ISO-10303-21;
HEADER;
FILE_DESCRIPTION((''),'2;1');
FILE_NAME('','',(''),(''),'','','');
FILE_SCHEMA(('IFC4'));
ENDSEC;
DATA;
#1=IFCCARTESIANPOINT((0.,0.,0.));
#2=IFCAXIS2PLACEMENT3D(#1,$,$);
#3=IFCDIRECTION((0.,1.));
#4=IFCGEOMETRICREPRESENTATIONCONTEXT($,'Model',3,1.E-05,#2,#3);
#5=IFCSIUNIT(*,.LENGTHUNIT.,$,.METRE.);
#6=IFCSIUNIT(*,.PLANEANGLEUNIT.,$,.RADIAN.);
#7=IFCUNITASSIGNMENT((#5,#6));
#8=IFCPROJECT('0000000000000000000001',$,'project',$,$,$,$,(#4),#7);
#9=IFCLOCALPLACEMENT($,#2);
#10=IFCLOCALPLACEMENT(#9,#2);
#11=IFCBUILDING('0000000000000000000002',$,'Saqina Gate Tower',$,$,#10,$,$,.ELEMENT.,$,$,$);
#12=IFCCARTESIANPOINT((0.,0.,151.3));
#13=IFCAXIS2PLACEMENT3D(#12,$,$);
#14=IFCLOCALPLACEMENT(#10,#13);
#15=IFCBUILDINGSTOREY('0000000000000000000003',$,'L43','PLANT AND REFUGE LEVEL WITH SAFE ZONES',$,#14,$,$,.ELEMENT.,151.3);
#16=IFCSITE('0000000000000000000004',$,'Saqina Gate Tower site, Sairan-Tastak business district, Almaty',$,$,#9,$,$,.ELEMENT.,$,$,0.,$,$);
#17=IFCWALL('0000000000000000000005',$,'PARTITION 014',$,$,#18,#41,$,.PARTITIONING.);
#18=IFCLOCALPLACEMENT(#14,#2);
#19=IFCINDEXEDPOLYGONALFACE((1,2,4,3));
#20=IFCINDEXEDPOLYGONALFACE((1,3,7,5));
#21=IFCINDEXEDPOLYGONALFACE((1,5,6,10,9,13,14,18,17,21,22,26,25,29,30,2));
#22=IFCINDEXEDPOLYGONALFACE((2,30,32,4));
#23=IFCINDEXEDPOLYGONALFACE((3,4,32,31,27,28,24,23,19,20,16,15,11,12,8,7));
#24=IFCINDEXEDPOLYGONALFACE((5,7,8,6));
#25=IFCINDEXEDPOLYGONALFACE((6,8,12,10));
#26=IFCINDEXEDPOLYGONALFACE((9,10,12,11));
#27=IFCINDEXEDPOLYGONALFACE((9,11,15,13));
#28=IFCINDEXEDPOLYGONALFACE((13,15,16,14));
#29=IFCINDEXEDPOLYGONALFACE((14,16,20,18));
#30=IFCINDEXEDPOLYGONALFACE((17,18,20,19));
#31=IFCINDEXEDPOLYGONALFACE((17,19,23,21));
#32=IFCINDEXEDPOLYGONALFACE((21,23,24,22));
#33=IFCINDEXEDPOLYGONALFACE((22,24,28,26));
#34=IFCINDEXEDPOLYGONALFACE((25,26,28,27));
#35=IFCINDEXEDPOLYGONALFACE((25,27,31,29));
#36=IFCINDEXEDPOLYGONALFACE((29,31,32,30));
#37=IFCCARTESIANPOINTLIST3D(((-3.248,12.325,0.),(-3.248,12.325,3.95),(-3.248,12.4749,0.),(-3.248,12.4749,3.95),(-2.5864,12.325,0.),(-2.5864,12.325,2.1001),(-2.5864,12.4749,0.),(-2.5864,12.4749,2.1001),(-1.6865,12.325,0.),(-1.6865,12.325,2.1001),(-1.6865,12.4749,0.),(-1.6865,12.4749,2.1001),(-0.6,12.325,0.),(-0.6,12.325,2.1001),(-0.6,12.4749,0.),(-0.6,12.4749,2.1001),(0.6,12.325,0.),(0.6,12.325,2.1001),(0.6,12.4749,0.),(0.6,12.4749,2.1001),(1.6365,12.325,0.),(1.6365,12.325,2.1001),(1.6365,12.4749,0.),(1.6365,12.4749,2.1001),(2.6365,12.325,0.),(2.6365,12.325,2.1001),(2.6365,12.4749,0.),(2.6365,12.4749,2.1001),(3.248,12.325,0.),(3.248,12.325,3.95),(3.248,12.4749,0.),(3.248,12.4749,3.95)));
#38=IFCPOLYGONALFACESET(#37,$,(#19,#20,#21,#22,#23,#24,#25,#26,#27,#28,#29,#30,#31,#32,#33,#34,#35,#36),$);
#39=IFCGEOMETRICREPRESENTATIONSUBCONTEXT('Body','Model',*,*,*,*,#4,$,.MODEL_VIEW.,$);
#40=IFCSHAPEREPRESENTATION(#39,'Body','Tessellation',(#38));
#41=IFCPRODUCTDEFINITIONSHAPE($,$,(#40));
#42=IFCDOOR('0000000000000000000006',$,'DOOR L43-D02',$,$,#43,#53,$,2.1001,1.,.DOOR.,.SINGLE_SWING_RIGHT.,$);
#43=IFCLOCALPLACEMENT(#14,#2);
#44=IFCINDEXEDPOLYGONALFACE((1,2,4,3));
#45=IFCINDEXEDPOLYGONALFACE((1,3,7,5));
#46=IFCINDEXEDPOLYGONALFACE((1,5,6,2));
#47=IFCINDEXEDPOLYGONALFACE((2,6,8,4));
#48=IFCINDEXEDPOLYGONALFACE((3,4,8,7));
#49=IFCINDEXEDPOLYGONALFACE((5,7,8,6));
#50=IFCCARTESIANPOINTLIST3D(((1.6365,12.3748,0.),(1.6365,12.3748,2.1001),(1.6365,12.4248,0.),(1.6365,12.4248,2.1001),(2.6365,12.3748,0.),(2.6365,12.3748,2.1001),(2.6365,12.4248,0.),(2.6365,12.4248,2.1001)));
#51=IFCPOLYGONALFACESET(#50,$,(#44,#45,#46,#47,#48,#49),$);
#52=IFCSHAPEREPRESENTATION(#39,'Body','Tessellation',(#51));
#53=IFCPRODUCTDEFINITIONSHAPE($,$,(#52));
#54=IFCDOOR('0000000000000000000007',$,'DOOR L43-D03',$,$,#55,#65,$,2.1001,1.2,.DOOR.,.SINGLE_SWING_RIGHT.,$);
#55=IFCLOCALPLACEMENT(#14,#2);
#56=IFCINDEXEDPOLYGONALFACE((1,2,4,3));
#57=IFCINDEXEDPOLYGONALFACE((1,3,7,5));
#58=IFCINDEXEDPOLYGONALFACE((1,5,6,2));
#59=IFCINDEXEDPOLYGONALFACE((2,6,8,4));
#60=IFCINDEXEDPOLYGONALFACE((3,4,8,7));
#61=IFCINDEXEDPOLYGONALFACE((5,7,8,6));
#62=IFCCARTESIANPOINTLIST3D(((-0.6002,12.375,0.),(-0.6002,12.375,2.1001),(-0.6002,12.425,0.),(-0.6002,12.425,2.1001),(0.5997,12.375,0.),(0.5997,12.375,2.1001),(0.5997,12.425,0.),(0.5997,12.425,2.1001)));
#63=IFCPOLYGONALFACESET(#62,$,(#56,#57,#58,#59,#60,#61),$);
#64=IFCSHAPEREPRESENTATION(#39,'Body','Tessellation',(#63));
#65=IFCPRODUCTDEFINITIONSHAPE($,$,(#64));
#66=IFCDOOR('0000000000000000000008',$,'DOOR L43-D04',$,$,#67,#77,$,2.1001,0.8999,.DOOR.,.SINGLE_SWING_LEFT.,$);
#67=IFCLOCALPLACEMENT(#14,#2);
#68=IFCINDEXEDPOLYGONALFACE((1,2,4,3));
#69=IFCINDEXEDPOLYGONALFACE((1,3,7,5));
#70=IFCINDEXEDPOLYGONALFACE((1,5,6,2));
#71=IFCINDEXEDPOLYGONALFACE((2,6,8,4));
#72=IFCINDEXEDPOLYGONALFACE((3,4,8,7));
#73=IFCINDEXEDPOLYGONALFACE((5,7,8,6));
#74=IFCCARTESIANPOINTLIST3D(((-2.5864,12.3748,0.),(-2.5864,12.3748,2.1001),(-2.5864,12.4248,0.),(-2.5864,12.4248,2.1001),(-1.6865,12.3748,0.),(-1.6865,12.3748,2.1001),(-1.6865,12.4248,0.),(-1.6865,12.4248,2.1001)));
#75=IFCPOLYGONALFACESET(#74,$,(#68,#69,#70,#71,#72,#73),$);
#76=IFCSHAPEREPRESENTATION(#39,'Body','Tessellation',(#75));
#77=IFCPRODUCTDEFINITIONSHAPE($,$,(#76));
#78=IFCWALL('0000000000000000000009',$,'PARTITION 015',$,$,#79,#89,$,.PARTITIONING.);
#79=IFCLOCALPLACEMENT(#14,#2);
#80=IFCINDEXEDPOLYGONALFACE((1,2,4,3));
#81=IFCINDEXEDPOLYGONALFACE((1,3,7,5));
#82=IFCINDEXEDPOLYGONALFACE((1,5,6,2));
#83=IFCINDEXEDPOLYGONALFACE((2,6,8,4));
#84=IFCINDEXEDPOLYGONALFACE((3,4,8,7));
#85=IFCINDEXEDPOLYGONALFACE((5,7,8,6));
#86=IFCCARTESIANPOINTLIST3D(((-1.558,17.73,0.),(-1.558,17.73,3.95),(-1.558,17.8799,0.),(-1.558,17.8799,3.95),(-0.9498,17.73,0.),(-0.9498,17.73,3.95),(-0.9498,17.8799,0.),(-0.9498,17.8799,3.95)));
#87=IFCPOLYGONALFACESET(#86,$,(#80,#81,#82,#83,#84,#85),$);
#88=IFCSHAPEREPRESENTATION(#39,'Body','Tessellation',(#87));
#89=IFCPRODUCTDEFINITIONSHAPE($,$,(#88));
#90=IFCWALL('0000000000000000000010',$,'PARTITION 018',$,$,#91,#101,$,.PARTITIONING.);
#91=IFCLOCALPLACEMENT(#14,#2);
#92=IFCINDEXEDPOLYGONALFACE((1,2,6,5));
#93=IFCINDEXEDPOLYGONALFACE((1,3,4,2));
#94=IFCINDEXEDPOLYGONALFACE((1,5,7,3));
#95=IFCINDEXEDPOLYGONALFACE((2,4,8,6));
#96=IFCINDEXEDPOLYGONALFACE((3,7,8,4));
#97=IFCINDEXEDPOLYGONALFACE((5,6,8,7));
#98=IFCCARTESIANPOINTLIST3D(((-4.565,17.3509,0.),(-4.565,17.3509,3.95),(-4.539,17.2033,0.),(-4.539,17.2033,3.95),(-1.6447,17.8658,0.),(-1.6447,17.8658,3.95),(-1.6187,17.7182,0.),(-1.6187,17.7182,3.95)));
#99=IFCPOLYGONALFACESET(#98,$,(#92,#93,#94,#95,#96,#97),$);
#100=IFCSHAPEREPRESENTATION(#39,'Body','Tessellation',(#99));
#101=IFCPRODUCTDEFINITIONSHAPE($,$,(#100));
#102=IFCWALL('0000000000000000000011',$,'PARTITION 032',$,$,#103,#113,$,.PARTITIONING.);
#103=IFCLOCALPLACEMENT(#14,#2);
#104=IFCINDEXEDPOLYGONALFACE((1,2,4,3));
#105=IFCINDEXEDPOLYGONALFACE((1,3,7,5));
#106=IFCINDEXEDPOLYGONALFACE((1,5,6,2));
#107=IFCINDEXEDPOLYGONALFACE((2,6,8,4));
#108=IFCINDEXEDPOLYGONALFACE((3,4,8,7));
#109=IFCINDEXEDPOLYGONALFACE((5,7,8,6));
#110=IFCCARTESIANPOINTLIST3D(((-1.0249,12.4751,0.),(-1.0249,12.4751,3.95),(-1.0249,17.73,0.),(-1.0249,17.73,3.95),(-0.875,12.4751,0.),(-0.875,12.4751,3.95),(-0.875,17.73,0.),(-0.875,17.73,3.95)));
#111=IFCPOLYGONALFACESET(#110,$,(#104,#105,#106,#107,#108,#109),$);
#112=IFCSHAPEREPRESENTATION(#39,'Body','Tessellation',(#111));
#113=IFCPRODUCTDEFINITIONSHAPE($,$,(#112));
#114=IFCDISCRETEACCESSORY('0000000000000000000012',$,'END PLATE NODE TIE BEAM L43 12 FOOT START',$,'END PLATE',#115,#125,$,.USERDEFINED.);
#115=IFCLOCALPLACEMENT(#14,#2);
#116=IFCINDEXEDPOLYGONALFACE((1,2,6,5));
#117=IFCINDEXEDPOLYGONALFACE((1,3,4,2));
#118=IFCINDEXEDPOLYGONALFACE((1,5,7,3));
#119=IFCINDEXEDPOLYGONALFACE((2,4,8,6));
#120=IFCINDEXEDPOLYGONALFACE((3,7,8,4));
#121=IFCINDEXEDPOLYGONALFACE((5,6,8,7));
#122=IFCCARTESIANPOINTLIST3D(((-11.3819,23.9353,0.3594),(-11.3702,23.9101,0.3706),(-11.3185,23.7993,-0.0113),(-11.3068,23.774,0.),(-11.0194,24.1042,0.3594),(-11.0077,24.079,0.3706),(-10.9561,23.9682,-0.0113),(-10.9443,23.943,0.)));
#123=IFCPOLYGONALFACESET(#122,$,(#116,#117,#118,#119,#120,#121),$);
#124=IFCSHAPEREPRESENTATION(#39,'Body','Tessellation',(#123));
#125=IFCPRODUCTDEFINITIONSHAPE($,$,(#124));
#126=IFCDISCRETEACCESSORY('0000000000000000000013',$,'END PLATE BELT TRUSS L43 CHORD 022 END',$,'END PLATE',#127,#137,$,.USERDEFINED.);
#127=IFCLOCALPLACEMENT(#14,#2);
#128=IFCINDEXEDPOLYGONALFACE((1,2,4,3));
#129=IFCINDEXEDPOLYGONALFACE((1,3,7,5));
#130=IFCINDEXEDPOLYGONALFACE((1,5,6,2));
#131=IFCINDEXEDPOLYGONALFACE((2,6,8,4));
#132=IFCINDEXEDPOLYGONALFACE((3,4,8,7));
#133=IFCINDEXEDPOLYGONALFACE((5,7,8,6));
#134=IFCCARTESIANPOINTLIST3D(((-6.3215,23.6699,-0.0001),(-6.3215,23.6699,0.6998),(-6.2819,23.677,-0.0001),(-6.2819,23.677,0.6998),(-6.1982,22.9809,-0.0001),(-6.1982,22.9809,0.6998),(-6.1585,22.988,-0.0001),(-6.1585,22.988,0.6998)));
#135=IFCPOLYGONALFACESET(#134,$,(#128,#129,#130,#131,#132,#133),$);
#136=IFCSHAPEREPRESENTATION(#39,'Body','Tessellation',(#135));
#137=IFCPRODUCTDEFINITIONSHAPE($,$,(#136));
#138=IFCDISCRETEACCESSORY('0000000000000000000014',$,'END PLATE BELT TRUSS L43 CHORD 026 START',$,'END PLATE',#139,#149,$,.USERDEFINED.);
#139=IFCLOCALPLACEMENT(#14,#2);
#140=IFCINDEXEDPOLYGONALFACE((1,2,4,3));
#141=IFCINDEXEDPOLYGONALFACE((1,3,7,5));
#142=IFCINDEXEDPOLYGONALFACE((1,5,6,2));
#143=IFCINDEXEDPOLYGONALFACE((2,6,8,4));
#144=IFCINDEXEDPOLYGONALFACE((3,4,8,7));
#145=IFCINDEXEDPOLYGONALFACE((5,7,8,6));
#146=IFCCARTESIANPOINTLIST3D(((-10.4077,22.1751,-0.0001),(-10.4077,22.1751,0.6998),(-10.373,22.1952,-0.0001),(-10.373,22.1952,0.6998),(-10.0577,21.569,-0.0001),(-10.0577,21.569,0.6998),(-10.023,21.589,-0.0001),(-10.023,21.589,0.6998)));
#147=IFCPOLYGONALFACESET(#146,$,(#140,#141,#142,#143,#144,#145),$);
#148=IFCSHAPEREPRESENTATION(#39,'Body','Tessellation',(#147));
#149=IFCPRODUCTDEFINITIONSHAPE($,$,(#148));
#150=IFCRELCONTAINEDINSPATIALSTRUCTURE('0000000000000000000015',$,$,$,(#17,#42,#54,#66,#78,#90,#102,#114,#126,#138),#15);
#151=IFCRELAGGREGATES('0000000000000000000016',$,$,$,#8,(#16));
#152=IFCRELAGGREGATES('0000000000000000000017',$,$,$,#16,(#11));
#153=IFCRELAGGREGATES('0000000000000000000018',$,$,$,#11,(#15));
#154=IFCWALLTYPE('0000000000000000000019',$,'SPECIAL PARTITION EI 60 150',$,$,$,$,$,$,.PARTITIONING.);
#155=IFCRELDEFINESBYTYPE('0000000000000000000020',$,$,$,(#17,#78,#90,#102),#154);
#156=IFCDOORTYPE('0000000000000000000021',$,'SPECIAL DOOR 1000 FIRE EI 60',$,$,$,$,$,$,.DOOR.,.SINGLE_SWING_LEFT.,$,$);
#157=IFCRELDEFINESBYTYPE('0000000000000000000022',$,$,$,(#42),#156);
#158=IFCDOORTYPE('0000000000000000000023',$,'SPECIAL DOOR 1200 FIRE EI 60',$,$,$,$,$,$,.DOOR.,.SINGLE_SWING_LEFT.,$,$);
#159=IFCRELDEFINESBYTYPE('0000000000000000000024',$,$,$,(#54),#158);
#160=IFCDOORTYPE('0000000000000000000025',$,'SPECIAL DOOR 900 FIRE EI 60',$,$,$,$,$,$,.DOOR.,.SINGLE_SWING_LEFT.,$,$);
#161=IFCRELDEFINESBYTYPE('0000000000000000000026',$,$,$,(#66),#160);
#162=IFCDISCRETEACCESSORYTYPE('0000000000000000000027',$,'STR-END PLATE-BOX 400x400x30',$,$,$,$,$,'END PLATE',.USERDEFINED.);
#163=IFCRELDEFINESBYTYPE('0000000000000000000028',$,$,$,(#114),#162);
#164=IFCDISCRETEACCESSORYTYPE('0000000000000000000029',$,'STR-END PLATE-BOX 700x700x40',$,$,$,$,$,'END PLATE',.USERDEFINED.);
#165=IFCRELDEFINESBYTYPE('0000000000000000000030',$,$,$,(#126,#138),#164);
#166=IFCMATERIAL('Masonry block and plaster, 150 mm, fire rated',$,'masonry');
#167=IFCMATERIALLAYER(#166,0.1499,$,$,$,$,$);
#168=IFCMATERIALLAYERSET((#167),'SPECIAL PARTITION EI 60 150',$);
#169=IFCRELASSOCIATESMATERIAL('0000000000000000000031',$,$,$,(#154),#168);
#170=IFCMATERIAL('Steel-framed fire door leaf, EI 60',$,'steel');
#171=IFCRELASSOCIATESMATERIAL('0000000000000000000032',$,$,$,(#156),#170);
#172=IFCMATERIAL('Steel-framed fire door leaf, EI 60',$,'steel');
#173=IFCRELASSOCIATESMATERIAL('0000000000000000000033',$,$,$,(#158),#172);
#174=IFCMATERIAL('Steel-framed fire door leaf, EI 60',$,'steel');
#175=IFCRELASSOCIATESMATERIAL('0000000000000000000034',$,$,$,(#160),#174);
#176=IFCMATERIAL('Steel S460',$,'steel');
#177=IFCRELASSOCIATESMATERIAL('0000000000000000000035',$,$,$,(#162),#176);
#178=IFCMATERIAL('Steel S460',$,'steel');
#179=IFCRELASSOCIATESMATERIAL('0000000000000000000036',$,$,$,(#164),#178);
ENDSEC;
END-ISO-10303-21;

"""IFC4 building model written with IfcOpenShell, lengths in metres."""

from ifc_helpers import new_model, si_unit, direction, frame, frame_2d, origin, origin_2d, place, context, subcontext, project, spatial, rectangle, extrude, material, layer, layer_set, material_profile, profile_set, type_object, element, fill, save


model = new_model("IFC4")

# Units and contexts
model_context = context("Model", 3, precision=1e-05, world=origin(), true_north=direction((0.0, 1.0)))
body_context = subcontext(model_context, "Body", "Model", "MODEL_VIEW")
ifc_project = project(units=[si_unit("LENGTHUNIT", "METRE"), si_unit("PLANEANGLEUNIT", "RADIAN")], contexts=[model_context])

# Site, building, storey
site_placement = place(None, origin())
site = spatial("IfcSite", under=ifc_project, at=site_placement, Name="Saqina Gate Tower site, Sairan-Tastak business district, Almaty", CompositionType="ELEMENT", RefElevation=0.0)
building_placement = place(site_placement, origin())
building = spatial("IfcBuilding", under=site, at=building_placement, Name="Saqina Gate Tower", CompositionType="ELEMENT")
storey_placement = place(building_placement, frame((0.0, 0.0, 151.3)))
storey = spatial("IfcBuildingStorey", under=building, at=storey_placement, Name="L43", Description="PLANT AND REFUGE LEVEL WITH SAFE ZONES", CompositionType="ELEMENT", Elevation=151.3)

# Shared definitions
ifc_material_1 = material(Name="Masonry block and plaster, 150 mm, fire rated", Category="masonry")
ifc_layer_1 = layer(ifc_material_1, 0.1499)
ifc_layer_set_1 = layer_set([ifc_layer_1], Name="SPECIAL PARTITION EI 60 150")
wall_type_1 = type_object("IfcWallType", Name="SPECIAL PARTITION EI 60 150", PredefinedType="PARTITIONING", material=ifc_layer_set_1)

# Wall, openings, doors
wall_1_placement = place(storey_placement, frame((-3.248, 12.3999, 0.0), z_axis=(0.0, 0.0, 1.0), x_axis=(1.0, 0.0, 0.0)))
wall_1 = element("IfcWall", 1, at=wall_1_placement, inside=storey, type_object=wall_type_1, Name="PARTITION 014", PredefinedType="PARTITIONING", context=body_context, shape_type="SweptSolid", body=[
    extrude(rectangle(XDim=6.4961, YDim=0.1499, at=frame_2d((3.248, 0.0))), origin(), (0.0, 0.0, 1.0), 3.95),
])
opening_1_placement = place(wall_1_placement, frame((4.8845, 0.0, 0.0)))
opening_1 = element("IfcOpeningElement", 2, at=opening_1_placement, cuts=wall_1, PredefinedType="OPENING", context=body_context, shape_type="SweptSolid", body=[
    extrude(rectangle(XDim=1.0, YDim=2.1001, at=frame_2d((0.5, 1.05))), frame((0.0, 0.0869, 0.0), z_axis=(0.0, -1.0, 0.0), x_axis=(1.0, 0.0, 0.0)), (0.0, 0.0, 1.0), 0.1738),
])
opening_2_placement = place(wall_1_placement, frame((2.6479, 0.0, 0.0)))
opening_2 = element("IfcOpeningElement", 3, at=opening_2_placement, cuts=wall_1, PredefinedType="OPENING", context=body_context, shape_type="SweptSolid", body=[
    extrude(rectangle(XDim=1.2, YDim=2.1001, at=frame_2d((0.6001, 1.05))), frame((0.0, 0.0869, 0.0), z_axis=(0.0, -1.0, 0.0), x_axis=(1.0, 0.0, 0.0)), (0.0, 0.0, 1.0), 0.1738),
])
opening_3_placement = place(wall_1_placement, frame((0.6616, 0.0, 0.0)))
opening_3 = element("IfcOpeningElement", 4, at=opening_3_placement, cuts=wall_1, PredefinedType="OPENING", context=body_context, shape_type="SweptSolid", body=[
    extrude(rectangle(XDim=0.8999, YDim=2.1001, at=frame_2d((0.45, 1.05))), frame((0.0, 0.0869, 0.0), z_axis=(0.0, -1.0, 0.0), x_axis=(1.0, 0.0, 0.0)), (0.0, 0.0, 1.0), 0.1738),
])
ifc_material_2 = material(Name="Steel-framed fire door leaf, EI 60", Category="steel")
door_type_1 = type_object("IfcDoorType", Name="SPECIAL DOOR 1000 FIRE EI 60", OperationType="SINGLE_SWING_LEFT", PredefinedType="DOOR", material=ifc_material_2)
door_1_placement = place(opening_1_placement, origin())
door_1 = element("IfcDoor", 5, at=door_1_placement, inside=storey, type_object=door_type_1, Name="DOOR L43-D02", OperationType="SINGLE_SWING_RIGHT", OverallHeight=2.1001, OverallWidth=1.0, PredefinedType="DOOR", context=body_context, shape_type="SweptSolid", body=[
    extrude(rectangle(XDim=1.0, YDim=2.1001, at=frame_2d((0.5, 1.05))), frame((0.0, 0.0249, 0.0), z_axis=(0.0, -1.0, 0.0), x_axis=(1.0, 0.0, 0.0)), (0.0, 0.0, 1.0), 0.05),
])
fill(opening_1, door_1)
ifc_material_3 = material(Name="Steel-framed fire door leaf, EI 60", Category="steel")
door_type_2 = type_object("IfcDoorType", Name="SPECIAL DOOR 1200 FIRE EI 60", OperationType="SINGLE_SWING_LEFT", PredefinedType="DOOR", material=ifc_material_3)
door_2_placement = place(opening_2_placement, frame((1.2, 0.0, 0.0), z_axis=(0.0, 0.0, 1.0), x_axis=(-1.0, 0.0, 0.0)))
door_2 = element("IfcDoor", 6, at=door_2_placement, inside=storey, type_object=door_type_2, Name="DOOR L43-D03", OperationType="SINGLE_SWING_RIGHT", OverallHeight=2.1001, OverallWidth=1.2, PredefinedType="DOOR", context=body_context, shape_type="SweptSolid", body=[
    extrude(rectangle(XDim=1.2, YDim=2.1001, at=frame_2d((0.6001, 1.05))), frame((0.0, 0.0249, 0.0), z_axis=(0.0, -1.0, 0.0), x_axis=(1.0, 0.0, 0.0)), (0.0, 0.0, 1.0), 0.05),
])
fill(opening_2, door_2)
ifc_material_4 = material(Name="Steel-framed fire door leaf, EI 60", Category="steel")
door_type_3 = type_object("IfcDoorType", Name="SPECIAL DOOR 900 FIRE EI 60", OperationType="SINGLE_SWING_LEFT", PredefinedType="DOOR", material=ifc_material_4)
door_3_placement = place(opening_3_placement, origin())
door_3 = element("IfcDoor", 7, at=door_3_placement, inside=storey, type_object=door_type_3, Name="DOOR L43-D04", OperationType="SINGLE_SWING_LEFT", OverallHeight=2.1001, OverallWidth=0.8999, PredefinedType="DOOR", context=body_context, shape_type="SweptSolid", body=[
    extrude(rectangle(XDim=0.8999, YDim=2.1001, at=frame_2d((0.45, 1.05))), frame((0.0, 0.0249, 0.0), z_axis=(0.0, -1.0, 0.0), x_axis=(1.0, 0.0, 0.0)), (0.0, 0.0, 1.0), 0.05),
])
fill(opening_3, door_3)

# Walls
wall_2_placement = place(storey_placement, frame((-1.5581, 17.8049, 0.0), z_axis=(0.0, 0.0, 1.0), x_axis=(1.0, 0.0, 0.0)))
element("IfcWall", 8, at=wall_2_placement, inside=storey, type_object=wall_type_1, Name="PARTITION 015", PredefinedType="PARTITIONING", context=body_context, shape_type="SweptSolid", body=[
    extrude(rectangle(XDim=0.6082, YDim=0.1499, at=frame_2d((0.3042, 0.0))), origin(), (0.0, 0.0, 1.0), 3.95),
])
wall_3_placement = place(storey_placement, frame((-4.552, 17.2771, 0.0), z_axis=(0.0, 0.0, 1.0), x_axis=(0.984808, 0.173644, 0.0)))
element("IfcWall", 9, at=wall_3_placement, inside=storey, type_object=wall_type_1, Name="PARTITION 018", PredefinedType="PARTITIONING", context=body_context, shape_type="SweptSolid", body=[
    extrude(rectangle(XDim=2.9653, YDim=0.1499, at=frame_2d((1.4827, 0.0))), origin(), (0.0, 0.0, 1.0), 3.95),
])
wall_4_placement = place(storey_placement, frame((-0.95, 12.4751, 0.0), z_axis=(0.0, 0.0, 1.0), x_axis=(0.0, 1.0, 0.0)))
element("IfcWall", 10, at=wall_4_placement, inside=storey, type_object=wall_type_1, Name="PARTITION 032", PredefinedType="PARTITIONING", context=body_context, shape_type="SweptSolid", body=[
    extrude(rectangle(XDim=5.2549, YDim=0.1499, at=frame_2d((2.6274, 0.0))), origin(), (0.0, 0.0, 1.0), 3.95),
])

# Discrete accessories
ifc_material_5 = material(Name="Steel S460", Category="steel")
ifc_material_profile_1 = material_profile(ifc_material_5, rectangle(XDim=0.3999, YDim=0.3999, at=origin_2d()), Name="STR-END PLATE-BOX 400x400x30")
ifc_profile_set_1 = profile_set([ifc_material_profile_1], Name="Steel S460")
discrete_accessory_type_1 = type_object("IfcDiscreteAccessoryType", Name="STR-END PLATE-BOX 400x400x30", ElementType="END PLATE", PredefinedType="USERDEFINED", material=ifc_profile_set_1)
discrete_accessory_1_placement = place(storey_placement, frame((-11.1572, 23.9265, 0.1853), z_axis=(-0.39154, 0.84018, -0.375226), x_axis=(0.906408, 0.422404, 0.000001)))
element("IfcDiscreteAccessory", 11, at=discrete_accessory_1_placement, inside=storey, type_object=discrete_accessory_type_1, Name="END PLATE NODE TIE BEAM L43 12 FOOT START", ObjectType="END PLATE", PredefinedType="USERDEFINED", context=body_context, shape_type="SweptSolid", body=[
    extrude(rectangle(XDim=0.3999, YDim=0.3999, at=origin_2d()), origin(), (0.0, 0.0, 1.0), 0.03),
])
ifc_material_6 = material(Name="Steel S460", Category="steel")
ifc_material_profile_2 = material_profile(ifc_material_6, rectangle(XDim=0.7, YDim=0.7, at=origin_2d()), Name="STR-END PLATE-BOX 700x700x40")
ifc_profile_set_2 = profile_set([ifc_material_profile_2], Name="Steel S460")
discrete_accessory_type_2 = type_object("IfcDiscreteAccessoryType", Name="STR-END PLATE-BOX 700x700x40", ElementType="END PLATE", PredefinedType="USERDEFINED", material=ifc_profile_set_2)
discrete_accessory_2_placement = place(storey_placement, frame((-6.2202, 23.3325, 0.3499), z_axis=(-0.984352, -0.176211, 0.0), x_axis=(0.176211, -0.984352, 0.0)))
element("IfcDiscreteAccessory", 12, at=discrete_accessory_2_placement, inside=storey, type_object=discrete_accessory_type_2, Name="END PLATE BELT TRUSS L43 CHORD 022 END", ObjectType="END PLATE", PredefinedType="USERDEFINED", context=body_context, shape_type="SweptSolid", body=[
    extrude(rectangle(XDim=0.7, YDim=0.7, at=origin_2d()), origin(), (0.0, 0.0, 1.0), 0.0403),
])
discrete_accessory_3_placement = place(storey_placement, frame((-10.2327, 21.8721, 0.3499), z_axis=(0.865982, 0.500074, 0.0), x_axis=(0.500074, -0.865982, 0.0)))
element("IfcDiscreteAccessory", 13, at=discrete_accessory_3_placement, inside=storey, type_object=discrete_accessory_type_2, Name="END PLATE BELT TRUSS L43 CHORD 026 START", ObjectType="END PLATE", PredefinedType="USERDEFINED", context=body_context, shape_type="SweptSolid", body=[
    extrude(rectangle(XDim=0.7, YDim=0.7, at=origin_2d()), origin(), (0.0, 0.0, 1.0), 0.04),
])

save(model, "model.ifc")
